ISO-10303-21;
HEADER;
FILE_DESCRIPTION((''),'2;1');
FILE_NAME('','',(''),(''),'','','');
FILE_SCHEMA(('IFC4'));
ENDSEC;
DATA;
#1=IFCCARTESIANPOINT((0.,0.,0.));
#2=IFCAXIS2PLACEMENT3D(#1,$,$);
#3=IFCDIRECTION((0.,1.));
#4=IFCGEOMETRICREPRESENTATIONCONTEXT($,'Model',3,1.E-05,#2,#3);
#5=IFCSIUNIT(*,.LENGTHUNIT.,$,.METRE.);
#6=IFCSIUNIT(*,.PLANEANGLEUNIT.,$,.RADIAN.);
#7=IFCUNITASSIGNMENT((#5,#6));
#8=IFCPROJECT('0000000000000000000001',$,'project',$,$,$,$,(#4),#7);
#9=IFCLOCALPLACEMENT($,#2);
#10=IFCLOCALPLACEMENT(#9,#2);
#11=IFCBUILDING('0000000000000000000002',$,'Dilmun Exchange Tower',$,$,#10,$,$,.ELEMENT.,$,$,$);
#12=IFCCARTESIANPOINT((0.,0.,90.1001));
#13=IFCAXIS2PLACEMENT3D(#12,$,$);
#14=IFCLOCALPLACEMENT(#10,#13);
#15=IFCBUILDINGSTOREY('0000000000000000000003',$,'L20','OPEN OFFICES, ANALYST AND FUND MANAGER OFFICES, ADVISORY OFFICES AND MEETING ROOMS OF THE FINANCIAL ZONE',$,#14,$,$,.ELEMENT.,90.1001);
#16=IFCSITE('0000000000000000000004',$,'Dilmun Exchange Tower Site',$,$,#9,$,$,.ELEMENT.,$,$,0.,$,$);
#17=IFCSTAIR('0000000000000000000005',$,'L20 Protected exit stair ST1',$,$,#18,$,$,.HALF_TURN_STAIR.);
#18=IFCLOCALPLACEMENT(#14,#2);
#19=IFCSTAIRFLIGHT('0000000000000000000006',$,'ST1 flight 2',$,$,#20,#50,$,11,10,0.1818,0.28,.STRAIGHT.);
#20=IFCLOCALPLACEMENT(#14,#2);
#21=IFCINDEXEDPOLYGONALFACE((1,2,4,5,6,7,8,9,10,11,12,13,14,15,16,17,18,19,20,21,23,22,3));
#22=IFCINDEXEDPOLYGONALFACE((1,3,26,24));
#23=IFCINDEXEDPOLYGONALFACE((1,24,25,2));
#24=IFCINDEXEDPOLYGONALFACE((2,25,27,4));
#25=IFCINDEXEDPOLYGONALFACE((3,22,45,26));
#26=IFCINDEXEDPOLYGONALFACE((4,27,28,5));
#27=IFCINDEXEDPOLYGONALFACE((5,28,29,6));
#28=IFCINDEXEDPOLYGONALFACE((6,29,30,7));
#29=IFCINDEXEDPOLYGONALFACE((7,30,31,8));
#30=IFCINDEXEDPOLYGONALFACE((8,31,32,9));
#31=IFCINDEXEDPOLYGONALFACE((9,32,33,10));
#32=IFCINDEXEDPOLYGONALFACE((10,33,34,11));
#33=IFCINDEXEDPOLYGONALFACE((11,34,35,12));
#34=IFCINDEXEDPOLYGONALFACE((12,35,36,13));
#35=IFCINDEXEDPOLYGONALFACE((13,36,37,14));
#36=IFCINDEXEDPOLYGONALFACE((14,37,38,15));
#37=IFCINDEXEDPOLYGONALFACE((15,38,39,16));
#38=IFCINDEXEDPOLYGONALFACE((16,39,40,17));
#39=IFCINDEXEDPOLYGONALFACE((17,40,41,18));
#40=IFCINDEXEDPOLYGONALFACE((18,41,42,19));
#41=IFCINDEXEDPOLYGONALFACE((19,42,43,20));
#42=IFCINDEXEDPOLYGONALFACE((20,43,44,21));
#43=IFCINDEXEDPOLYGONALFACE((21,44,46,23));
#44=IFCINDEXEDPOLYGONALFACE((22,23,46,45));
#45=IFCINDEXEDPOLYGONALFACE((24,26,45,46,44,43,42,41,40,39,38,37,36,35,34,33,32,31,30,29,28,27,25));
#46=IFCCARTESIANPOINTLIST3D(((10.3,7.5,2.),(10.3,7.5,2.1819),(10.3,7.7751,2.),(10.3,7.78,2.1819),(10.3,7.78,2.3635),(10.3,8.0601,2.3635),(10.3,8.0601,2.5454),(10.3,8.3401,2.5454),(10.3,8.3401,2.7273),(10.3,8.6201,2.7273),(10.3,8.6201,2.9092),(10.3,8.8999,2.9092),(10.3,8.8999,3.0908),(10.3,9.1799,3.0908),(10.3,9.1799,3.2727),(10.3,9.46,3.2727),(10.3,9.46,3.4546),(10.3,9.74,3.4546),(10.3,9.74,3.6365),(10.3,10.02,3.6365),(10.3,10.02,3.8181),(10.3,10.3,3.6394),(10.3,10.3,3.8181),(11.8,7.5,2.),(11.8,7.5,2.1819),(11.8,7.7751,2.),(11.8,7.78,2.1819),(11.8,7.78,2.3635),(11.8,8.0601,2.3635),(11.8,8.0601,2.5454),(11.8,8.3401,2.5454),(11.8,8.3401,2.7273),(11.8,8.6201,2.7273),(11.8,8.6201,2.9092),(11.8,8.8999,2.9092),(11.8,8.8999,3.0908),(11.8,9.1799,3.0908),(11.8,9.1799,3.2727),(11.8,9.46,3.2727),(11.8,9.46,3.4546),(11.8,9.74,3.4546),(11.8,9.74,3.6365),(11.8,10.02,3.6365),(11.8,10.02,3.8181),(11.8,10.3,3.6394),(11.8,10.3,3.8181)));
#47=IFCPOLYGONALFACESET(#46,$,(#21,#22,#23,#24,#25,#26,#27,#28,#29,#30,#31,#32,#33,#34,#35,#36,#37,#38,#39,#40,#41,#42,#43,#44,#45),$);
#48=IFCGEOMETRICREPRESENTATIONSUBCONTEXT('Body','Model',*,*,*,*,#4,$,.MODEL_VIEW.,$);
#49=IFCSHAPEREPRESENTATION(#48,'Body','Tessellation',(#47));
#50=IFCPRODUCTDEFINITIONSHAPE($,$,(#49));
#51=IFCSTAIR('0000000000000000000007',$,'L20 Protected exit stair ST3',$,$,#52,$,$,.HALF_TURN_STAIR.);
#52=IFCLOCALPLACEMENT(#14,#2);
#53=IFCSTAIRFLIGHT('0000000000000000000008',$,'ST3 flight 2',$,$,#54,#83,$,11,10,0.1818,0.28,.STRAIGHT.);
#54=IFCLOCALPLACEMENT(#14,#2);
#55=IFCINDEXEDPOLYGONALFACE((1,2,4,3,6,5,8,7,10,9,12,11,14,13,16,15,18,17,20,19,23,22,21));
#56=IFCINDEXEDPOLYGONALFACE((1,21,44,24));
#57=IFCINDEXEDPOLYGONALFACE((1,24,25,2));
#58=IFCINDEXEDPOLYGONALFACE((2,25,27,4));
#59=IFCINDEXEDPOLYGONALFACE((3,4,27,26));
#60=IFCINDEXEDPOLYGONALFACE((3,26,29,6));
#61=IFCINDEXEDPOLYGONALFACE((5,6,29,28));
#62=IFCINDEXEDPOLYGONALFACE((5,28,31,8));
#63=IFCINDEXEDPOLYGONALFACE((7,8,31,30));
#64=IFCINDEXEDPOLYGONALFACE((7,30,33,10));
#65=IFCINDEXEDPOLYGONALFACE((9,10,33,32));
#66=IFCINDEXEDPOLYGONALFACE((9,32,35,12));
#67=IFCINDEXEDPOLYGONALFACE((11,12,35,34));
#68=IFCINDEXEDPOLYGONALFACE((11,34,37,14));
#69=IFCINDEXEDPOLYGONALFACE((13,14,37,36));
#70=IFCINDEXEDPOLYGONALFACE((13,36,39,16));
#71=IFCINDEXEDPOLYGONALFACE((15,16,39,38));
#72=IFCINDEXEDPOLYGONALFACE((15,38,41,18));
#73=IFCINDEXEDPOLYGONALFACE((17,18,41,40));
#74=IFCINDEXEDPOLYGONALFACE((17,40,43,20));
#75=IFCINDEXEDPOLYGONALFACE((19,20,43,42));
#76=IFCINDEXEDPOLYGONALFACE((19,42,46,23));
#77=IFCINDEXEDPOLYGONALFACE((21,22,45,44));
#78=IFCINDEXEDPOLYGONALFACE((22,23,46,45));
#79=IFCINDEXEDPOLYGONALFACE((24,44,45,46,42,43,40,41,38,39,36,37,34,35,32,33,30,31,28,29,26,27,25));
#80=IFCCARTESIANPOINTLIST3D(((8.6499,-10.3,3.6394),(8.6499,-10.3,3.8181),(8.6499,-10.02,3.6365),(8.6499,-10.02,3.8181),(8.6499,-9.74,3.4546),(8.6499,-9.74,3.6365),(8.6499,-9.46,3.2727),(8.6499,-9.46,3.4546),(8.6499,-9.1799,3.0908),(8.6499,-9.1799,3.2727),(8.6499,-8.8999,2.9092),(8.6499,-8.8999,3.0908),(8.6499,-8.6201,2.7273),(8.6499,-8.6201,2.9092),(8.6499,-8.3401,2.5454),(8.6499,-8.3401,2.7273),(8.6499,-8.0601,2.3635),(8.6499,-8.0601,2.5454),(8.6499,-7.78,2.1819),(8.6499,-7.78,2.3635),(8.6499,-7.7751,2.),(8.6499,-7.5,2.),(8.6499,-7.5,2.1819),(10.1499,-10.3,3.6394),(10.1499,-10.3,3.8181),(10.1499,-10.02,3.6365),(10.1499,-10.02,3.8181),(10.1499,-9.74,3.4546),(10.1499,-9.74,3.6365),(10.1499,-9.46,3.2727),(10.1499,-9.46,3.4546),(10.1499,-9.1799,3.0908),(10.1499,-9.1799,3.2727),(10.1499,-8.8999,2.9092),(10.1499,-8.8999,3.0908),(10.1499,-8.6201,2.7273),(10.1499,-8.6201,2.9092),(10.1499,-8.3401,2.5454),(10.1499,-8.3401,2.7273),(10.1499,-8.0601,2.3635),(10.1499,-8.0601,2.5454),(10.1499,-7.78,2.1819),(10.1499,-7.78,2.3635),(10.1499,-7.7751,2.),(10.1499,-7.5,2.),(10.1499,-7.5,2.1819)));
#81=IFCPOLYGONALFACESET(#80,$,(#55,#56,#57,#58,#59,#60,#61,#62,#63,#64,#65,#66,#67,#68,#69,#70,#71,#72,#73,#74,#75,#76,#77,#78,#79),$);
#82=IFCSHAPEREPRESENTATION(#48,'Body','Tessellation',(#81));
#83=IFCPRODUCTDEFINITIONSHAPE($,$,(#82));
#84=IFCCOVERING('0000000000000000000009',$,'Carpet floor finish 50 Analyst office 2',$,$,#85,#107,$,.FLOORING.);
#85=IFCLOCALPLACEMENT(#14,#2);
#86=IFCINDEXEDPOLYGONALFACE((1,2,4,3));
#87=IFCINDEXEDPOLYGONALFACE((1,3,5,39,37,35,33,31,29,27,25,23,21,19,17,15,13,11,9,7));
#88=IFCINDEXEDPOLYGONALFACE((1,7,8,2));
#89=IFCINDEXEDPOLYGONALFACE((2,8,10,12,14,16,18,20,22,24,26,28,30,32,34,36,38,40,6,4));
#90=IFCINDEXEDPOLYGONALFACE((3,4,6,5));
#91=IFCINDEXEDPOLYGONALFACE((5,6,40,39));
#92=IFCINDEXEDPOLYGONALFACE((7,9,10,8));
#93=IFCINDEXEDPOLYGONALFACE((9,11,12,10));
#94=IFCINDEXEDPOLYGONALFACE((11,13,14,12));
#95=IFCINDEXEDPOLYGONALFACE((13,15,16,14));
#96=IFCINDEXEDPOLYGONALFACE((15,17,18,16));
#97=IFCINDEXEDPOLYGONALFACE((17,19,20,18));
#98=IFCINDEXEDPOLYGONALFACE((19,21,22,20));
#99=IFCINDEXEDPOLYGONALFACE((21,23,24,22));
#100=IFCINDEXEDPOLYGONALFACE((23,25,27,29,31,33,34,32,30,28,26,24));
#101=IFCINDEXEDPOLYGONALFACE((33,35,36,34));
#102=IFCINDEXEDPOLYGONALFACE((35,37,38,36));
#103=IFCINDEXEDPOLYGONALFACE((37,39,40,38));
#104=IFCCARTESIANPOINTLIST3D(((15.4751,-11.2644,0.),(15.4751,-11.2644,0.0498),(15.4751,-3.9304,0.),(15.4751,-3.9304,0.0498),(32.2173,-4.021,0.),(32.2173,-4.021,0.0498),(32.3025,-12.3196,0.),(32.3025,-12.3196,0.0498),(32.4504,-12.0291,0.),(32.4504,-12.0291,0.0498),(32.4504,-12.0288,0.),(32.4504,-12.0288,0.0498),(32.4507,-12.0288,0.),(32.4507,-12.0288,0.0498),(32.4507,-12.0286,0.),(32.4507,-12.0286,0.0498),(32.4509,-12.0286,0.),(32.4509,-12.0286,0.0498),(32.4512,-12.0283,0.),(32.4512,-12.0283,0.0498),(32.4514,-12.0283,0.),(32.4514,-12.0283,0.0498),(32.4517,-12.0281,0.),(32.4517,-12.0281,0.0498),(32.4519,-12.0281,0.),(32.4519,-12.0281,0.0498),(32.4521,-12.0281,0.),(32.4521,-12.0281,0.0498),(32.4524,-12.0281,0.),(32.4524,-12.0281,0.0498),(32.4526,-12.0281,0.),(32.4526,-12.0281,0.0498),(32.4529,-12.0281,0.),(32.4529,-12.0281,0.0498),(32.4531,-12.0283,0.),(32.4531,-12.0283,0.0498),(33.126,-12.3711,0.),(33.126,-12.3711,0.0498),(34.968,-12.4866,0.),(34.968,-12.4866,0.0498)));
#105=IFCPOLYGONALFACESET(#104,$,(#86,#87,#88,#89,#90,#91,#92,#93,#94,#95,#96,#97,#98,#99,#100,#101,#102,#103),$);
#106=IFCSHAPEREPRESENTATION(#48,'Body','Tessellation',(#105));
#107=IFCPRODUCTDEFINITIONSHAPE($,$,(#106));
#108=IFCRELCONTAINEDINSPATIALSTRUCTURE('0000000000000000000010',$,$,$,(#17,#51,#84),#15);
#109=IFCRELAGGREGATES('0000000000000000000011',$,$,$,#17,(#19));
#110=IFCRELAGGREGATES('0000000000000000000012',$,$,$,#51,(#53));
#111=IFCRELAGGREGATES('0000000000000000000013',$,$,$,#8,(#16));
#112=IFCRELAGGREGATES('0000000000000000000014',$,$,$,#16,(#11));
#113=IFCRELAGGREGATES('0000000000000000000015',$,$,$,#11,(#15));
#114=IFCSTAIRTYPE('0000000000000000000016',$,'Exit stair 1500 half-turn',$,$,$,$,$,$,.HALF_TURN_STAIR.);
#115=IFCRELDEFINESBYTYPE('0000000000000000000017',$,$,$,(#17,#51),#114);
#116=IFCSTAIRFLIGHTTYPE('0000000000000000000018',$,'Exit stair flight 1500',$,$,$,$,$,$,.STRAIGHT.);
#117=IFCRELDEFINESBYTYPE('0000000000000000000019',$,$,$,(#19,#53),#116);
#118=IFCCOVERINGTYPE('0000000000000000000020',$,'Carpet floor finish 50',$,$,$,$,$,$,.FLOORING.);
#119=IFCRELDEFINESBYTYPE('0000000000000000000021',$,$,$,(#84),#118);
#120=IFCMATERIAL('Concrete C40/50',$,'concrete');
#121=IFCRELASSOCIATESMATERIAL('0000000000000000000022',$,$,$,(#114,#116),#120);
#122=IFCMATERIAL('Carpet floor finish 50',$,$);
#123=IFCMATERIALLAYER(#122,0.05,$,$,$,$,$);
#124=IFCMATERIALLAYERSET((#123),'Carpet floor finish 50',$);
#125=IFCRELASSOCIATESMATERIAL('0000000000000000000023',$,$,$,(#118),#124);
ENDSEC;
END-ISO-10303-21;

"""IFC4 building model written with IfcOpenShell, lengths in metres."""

from ifc_helpers import new_model, si_unit, direction, frame, origin, place, context, subcontext, project, spatial, polyline, outline, extrude, material, layer, layer_set, type_object, element, aggregate, save


model = new_model("IFC4")

# Units and contexts
model_context = context("Model", 3, precision=1e-05, world=origin(), true_north=direction((0.0, 1.0)))
body_context = subcontext(model_context, "Body", "Model", "MODEL_VIEW")
ifc_project = project(units=[si_unit("LENGTHUNIT", "METRE"), si_unit("PLANEANGLEUNIT", "RADIAN")], contexts=[model_context])

# Site, building, storey
site_placement = place(None, origin())
site = spatial("IfcSite", under=ifc_project, at=site_placement, Name="Dilmun Exchange Tower Site", CompositionType="ELEMENT", RefElevation=0.0)
building_placement = place(site_placement, origin())
building = spatial("IfcBuilding", under=site, at=building_placement, Name="Dilmun Exchange Tower", CompositionType="ELEMENT")
storey_placement = place(building_placement, frame((0.0, 0.0, 90.1001)))
storey = spatial("IfcBuildingStorey", under=building, at=storey_placement, Name="L20", Description="OPEN OFFICES, ANALYST AND FUND MANAGER OFFICES, ADVISORY OFFICES AND MEETING ROOMS OF THE FINANCIAL ZONE", CompositionType="ELEMENT", Elevation=90.1001)

# Shared definitions
ifc_material_1 = material(Name="Concrete C40/50", Category="concrete")

# Stairs, stair flights
stair_type = type_object("IfcStairType", Name="Exit stair 1500 half-turn", PredefinedType="HALF_TURN_STAIR", material=ifc_material_1)
stair_1_placement = place(storey_placement, origin())
stair_1 = element("IfcStair", 1, at=stair_1_placement, inside=storey, type_object=stair_type, Name="L20 Protected exit stair ST1", PredefinedType="HALF_TURN_STAIR")
stair_flight_type = type_object("IfcStairFlightType", Name="Exit stair flight 1500", PredefinedType="STRAIGHT", material=ifc_material_1)
stair_flight_1_placement = place(storey_placement, frame((11.05, 7.5, 2.0), z_axis=(0.0, 0.0, 1.0), x_axis=(0.0, 1.0, 0.0)))
stair_flight_1 = element("IfcStairFlight", 2, at=stair_flight_1_placement, type_object=stair_flight_type, Name="ST1 flight 2", NumberOfRisers=11, NumberOfTreads=10, PredefinedType="STRAIGHT", RiserHeight=0.1818, TreadLength=0.28, context=body_context, shape_type="SweptSolid", body=[
    extrude(outline(polyline([(0.0, 0.0), (0.0, 0.1819), (0.28, 0.1819), (0.28, 0.3635), (0.5601, 0.3635), (0.5601, 0.5454), (0.8401, 0.5454), (0.8401, 0.7273), (1.1201, 0.7273), (1.1201, 0.9092), (1.3999, 0.9092), (1.3999, 1.0908), (1.6799, 1.0908), (1.6799, 1.2727), (1.96, 1.2727), (1.96, 1.4546), (2.24, 1.4546), (2.24, 1.6365), (2.52, 1.6365), (2.52, 1.8181), (2.8, 1.8181), (2.8, 2.0), (2.8, 1.6394), (0.2751, 0.0), (0.0, 0.0)])), frame((0.0, 0.75, 0.0), z_axis=(0.0, -1.0, 0.0), x_axis=(1.0, 0.0, 0.0)), (0.0, 0.0, 1.0), 1.5),
])
aggregate(stair_1, [stair_flight_1])
stair_2_placement = place(storey_placement, origin())
stair_2 = element("IfcStair", 3, at=stair_2_placement, inside=storey, type_object=stair_type, Name="L20 Protected exit stair ST3", PredefinedType="HALF_TURN_STAIR")
stair_flight_2_placement = place(storey_placement, frame((9.3999, -7.5, 2.0), z_axis=(0.0, 0.0, 1.0), x_axis=(0.0, -1.0, 0.0)))
stair_flight_2 = element("IfcStairFlight", 4, at=stair_flight_2_placement, type_object=stair_flight_type, Name="ST3 flight 2", NumberOfRisers=11, NumberOfTreads=10, PredefinedType="STRAIGHT", RiserHeight=0.1818, TreadLength=0.28, context=body_context, shape_type="SweptSolid", body=[
    extrude(outline(polyline([(0.0, 0.0), (0.0, 0.1819), (0.28, 0.1819), (0.28, 0.3635), (0.5601, 0.3635), (0.5601, 0.5454), (0.8401, 0.5454), (0.8401, 0.7273), (1.1201, 0.7273), (1.1201, 0.9092), (1.3999, 0.9092), (1.3999, 1.0908), (1.6799, 1.0908), (1.6799, 1.2727), (1.96, 1.2727), (1.96, 1.4546), (2.24, 1.4546), (2.24, 1.6365), (2.52, 1.6365), (2.52, 1.8181), (2.8, 1.8181), (2.8, 2.0), (2.8, 1.6394), (0.2751, 0.0), (0.0, 0.0)])), frame((0.0, 0.75, 0.0), z_axis=(0.0, -1.0, 0.0), x_axis=(1.0, 0.0, 0.0)), (0.0, 0.0, 1.0), 1.5),
])
aggregate(stair_2, [stair_flight_2])

# Covering
ifc_material_2 = material(Name="Carpet floor finish 50")
ifc_layer_1 = layer(ifc_material_2, 0.05)
ifc_layer_set_1 = layer_set([ifc_layer_1], Name="Carpet floor finish 50")
covering_type = type_object("IfcCoveringType", Name="Carpet floor finish 50", PredefinedType="FLOORING", material=ifc_layer_set_1)
covering_placement = place(storey_placement, origin())
element("IfcCovering", 5, at=covering_placement, inside=storey, type_object=covering_type, Name="Carpet floor finish 50 Analyst office 2", PredefinedType="FLOORING", context=body_context, shape_type="SweptSolid", body=[
    extrude(outline(polyline([(15.4751, -3.9304), (32.2173, -4.021), (34.968, -12.4866), (33.126, -12.3711), (32.4531, -12.0283), (32.4529, -12.0281), (32.4526, -12.0281), (32.4524, -12.0281), (32.4524, -12.0281), (32.4521, -12.0281), (32.4519, -12.0281), (32.4519, -12.0281), (32.4517, -12.0281), (32.4514, -12.0283), (32.4512, -12.0283), (32.4512, -12.0283), (32.4509, -12.0286), (32.4507, -12.0286), (32.4507, -12.0288), (32.4504, -12.0288), (32.4504, -12.0291), (32.3025, -12.3196), (15.4751, -11.2644), (15.4751, -3.9304)])), origin(), (0.0, 0.0, 1.0), 0.0498),
])

save(model, "model.ifc")
